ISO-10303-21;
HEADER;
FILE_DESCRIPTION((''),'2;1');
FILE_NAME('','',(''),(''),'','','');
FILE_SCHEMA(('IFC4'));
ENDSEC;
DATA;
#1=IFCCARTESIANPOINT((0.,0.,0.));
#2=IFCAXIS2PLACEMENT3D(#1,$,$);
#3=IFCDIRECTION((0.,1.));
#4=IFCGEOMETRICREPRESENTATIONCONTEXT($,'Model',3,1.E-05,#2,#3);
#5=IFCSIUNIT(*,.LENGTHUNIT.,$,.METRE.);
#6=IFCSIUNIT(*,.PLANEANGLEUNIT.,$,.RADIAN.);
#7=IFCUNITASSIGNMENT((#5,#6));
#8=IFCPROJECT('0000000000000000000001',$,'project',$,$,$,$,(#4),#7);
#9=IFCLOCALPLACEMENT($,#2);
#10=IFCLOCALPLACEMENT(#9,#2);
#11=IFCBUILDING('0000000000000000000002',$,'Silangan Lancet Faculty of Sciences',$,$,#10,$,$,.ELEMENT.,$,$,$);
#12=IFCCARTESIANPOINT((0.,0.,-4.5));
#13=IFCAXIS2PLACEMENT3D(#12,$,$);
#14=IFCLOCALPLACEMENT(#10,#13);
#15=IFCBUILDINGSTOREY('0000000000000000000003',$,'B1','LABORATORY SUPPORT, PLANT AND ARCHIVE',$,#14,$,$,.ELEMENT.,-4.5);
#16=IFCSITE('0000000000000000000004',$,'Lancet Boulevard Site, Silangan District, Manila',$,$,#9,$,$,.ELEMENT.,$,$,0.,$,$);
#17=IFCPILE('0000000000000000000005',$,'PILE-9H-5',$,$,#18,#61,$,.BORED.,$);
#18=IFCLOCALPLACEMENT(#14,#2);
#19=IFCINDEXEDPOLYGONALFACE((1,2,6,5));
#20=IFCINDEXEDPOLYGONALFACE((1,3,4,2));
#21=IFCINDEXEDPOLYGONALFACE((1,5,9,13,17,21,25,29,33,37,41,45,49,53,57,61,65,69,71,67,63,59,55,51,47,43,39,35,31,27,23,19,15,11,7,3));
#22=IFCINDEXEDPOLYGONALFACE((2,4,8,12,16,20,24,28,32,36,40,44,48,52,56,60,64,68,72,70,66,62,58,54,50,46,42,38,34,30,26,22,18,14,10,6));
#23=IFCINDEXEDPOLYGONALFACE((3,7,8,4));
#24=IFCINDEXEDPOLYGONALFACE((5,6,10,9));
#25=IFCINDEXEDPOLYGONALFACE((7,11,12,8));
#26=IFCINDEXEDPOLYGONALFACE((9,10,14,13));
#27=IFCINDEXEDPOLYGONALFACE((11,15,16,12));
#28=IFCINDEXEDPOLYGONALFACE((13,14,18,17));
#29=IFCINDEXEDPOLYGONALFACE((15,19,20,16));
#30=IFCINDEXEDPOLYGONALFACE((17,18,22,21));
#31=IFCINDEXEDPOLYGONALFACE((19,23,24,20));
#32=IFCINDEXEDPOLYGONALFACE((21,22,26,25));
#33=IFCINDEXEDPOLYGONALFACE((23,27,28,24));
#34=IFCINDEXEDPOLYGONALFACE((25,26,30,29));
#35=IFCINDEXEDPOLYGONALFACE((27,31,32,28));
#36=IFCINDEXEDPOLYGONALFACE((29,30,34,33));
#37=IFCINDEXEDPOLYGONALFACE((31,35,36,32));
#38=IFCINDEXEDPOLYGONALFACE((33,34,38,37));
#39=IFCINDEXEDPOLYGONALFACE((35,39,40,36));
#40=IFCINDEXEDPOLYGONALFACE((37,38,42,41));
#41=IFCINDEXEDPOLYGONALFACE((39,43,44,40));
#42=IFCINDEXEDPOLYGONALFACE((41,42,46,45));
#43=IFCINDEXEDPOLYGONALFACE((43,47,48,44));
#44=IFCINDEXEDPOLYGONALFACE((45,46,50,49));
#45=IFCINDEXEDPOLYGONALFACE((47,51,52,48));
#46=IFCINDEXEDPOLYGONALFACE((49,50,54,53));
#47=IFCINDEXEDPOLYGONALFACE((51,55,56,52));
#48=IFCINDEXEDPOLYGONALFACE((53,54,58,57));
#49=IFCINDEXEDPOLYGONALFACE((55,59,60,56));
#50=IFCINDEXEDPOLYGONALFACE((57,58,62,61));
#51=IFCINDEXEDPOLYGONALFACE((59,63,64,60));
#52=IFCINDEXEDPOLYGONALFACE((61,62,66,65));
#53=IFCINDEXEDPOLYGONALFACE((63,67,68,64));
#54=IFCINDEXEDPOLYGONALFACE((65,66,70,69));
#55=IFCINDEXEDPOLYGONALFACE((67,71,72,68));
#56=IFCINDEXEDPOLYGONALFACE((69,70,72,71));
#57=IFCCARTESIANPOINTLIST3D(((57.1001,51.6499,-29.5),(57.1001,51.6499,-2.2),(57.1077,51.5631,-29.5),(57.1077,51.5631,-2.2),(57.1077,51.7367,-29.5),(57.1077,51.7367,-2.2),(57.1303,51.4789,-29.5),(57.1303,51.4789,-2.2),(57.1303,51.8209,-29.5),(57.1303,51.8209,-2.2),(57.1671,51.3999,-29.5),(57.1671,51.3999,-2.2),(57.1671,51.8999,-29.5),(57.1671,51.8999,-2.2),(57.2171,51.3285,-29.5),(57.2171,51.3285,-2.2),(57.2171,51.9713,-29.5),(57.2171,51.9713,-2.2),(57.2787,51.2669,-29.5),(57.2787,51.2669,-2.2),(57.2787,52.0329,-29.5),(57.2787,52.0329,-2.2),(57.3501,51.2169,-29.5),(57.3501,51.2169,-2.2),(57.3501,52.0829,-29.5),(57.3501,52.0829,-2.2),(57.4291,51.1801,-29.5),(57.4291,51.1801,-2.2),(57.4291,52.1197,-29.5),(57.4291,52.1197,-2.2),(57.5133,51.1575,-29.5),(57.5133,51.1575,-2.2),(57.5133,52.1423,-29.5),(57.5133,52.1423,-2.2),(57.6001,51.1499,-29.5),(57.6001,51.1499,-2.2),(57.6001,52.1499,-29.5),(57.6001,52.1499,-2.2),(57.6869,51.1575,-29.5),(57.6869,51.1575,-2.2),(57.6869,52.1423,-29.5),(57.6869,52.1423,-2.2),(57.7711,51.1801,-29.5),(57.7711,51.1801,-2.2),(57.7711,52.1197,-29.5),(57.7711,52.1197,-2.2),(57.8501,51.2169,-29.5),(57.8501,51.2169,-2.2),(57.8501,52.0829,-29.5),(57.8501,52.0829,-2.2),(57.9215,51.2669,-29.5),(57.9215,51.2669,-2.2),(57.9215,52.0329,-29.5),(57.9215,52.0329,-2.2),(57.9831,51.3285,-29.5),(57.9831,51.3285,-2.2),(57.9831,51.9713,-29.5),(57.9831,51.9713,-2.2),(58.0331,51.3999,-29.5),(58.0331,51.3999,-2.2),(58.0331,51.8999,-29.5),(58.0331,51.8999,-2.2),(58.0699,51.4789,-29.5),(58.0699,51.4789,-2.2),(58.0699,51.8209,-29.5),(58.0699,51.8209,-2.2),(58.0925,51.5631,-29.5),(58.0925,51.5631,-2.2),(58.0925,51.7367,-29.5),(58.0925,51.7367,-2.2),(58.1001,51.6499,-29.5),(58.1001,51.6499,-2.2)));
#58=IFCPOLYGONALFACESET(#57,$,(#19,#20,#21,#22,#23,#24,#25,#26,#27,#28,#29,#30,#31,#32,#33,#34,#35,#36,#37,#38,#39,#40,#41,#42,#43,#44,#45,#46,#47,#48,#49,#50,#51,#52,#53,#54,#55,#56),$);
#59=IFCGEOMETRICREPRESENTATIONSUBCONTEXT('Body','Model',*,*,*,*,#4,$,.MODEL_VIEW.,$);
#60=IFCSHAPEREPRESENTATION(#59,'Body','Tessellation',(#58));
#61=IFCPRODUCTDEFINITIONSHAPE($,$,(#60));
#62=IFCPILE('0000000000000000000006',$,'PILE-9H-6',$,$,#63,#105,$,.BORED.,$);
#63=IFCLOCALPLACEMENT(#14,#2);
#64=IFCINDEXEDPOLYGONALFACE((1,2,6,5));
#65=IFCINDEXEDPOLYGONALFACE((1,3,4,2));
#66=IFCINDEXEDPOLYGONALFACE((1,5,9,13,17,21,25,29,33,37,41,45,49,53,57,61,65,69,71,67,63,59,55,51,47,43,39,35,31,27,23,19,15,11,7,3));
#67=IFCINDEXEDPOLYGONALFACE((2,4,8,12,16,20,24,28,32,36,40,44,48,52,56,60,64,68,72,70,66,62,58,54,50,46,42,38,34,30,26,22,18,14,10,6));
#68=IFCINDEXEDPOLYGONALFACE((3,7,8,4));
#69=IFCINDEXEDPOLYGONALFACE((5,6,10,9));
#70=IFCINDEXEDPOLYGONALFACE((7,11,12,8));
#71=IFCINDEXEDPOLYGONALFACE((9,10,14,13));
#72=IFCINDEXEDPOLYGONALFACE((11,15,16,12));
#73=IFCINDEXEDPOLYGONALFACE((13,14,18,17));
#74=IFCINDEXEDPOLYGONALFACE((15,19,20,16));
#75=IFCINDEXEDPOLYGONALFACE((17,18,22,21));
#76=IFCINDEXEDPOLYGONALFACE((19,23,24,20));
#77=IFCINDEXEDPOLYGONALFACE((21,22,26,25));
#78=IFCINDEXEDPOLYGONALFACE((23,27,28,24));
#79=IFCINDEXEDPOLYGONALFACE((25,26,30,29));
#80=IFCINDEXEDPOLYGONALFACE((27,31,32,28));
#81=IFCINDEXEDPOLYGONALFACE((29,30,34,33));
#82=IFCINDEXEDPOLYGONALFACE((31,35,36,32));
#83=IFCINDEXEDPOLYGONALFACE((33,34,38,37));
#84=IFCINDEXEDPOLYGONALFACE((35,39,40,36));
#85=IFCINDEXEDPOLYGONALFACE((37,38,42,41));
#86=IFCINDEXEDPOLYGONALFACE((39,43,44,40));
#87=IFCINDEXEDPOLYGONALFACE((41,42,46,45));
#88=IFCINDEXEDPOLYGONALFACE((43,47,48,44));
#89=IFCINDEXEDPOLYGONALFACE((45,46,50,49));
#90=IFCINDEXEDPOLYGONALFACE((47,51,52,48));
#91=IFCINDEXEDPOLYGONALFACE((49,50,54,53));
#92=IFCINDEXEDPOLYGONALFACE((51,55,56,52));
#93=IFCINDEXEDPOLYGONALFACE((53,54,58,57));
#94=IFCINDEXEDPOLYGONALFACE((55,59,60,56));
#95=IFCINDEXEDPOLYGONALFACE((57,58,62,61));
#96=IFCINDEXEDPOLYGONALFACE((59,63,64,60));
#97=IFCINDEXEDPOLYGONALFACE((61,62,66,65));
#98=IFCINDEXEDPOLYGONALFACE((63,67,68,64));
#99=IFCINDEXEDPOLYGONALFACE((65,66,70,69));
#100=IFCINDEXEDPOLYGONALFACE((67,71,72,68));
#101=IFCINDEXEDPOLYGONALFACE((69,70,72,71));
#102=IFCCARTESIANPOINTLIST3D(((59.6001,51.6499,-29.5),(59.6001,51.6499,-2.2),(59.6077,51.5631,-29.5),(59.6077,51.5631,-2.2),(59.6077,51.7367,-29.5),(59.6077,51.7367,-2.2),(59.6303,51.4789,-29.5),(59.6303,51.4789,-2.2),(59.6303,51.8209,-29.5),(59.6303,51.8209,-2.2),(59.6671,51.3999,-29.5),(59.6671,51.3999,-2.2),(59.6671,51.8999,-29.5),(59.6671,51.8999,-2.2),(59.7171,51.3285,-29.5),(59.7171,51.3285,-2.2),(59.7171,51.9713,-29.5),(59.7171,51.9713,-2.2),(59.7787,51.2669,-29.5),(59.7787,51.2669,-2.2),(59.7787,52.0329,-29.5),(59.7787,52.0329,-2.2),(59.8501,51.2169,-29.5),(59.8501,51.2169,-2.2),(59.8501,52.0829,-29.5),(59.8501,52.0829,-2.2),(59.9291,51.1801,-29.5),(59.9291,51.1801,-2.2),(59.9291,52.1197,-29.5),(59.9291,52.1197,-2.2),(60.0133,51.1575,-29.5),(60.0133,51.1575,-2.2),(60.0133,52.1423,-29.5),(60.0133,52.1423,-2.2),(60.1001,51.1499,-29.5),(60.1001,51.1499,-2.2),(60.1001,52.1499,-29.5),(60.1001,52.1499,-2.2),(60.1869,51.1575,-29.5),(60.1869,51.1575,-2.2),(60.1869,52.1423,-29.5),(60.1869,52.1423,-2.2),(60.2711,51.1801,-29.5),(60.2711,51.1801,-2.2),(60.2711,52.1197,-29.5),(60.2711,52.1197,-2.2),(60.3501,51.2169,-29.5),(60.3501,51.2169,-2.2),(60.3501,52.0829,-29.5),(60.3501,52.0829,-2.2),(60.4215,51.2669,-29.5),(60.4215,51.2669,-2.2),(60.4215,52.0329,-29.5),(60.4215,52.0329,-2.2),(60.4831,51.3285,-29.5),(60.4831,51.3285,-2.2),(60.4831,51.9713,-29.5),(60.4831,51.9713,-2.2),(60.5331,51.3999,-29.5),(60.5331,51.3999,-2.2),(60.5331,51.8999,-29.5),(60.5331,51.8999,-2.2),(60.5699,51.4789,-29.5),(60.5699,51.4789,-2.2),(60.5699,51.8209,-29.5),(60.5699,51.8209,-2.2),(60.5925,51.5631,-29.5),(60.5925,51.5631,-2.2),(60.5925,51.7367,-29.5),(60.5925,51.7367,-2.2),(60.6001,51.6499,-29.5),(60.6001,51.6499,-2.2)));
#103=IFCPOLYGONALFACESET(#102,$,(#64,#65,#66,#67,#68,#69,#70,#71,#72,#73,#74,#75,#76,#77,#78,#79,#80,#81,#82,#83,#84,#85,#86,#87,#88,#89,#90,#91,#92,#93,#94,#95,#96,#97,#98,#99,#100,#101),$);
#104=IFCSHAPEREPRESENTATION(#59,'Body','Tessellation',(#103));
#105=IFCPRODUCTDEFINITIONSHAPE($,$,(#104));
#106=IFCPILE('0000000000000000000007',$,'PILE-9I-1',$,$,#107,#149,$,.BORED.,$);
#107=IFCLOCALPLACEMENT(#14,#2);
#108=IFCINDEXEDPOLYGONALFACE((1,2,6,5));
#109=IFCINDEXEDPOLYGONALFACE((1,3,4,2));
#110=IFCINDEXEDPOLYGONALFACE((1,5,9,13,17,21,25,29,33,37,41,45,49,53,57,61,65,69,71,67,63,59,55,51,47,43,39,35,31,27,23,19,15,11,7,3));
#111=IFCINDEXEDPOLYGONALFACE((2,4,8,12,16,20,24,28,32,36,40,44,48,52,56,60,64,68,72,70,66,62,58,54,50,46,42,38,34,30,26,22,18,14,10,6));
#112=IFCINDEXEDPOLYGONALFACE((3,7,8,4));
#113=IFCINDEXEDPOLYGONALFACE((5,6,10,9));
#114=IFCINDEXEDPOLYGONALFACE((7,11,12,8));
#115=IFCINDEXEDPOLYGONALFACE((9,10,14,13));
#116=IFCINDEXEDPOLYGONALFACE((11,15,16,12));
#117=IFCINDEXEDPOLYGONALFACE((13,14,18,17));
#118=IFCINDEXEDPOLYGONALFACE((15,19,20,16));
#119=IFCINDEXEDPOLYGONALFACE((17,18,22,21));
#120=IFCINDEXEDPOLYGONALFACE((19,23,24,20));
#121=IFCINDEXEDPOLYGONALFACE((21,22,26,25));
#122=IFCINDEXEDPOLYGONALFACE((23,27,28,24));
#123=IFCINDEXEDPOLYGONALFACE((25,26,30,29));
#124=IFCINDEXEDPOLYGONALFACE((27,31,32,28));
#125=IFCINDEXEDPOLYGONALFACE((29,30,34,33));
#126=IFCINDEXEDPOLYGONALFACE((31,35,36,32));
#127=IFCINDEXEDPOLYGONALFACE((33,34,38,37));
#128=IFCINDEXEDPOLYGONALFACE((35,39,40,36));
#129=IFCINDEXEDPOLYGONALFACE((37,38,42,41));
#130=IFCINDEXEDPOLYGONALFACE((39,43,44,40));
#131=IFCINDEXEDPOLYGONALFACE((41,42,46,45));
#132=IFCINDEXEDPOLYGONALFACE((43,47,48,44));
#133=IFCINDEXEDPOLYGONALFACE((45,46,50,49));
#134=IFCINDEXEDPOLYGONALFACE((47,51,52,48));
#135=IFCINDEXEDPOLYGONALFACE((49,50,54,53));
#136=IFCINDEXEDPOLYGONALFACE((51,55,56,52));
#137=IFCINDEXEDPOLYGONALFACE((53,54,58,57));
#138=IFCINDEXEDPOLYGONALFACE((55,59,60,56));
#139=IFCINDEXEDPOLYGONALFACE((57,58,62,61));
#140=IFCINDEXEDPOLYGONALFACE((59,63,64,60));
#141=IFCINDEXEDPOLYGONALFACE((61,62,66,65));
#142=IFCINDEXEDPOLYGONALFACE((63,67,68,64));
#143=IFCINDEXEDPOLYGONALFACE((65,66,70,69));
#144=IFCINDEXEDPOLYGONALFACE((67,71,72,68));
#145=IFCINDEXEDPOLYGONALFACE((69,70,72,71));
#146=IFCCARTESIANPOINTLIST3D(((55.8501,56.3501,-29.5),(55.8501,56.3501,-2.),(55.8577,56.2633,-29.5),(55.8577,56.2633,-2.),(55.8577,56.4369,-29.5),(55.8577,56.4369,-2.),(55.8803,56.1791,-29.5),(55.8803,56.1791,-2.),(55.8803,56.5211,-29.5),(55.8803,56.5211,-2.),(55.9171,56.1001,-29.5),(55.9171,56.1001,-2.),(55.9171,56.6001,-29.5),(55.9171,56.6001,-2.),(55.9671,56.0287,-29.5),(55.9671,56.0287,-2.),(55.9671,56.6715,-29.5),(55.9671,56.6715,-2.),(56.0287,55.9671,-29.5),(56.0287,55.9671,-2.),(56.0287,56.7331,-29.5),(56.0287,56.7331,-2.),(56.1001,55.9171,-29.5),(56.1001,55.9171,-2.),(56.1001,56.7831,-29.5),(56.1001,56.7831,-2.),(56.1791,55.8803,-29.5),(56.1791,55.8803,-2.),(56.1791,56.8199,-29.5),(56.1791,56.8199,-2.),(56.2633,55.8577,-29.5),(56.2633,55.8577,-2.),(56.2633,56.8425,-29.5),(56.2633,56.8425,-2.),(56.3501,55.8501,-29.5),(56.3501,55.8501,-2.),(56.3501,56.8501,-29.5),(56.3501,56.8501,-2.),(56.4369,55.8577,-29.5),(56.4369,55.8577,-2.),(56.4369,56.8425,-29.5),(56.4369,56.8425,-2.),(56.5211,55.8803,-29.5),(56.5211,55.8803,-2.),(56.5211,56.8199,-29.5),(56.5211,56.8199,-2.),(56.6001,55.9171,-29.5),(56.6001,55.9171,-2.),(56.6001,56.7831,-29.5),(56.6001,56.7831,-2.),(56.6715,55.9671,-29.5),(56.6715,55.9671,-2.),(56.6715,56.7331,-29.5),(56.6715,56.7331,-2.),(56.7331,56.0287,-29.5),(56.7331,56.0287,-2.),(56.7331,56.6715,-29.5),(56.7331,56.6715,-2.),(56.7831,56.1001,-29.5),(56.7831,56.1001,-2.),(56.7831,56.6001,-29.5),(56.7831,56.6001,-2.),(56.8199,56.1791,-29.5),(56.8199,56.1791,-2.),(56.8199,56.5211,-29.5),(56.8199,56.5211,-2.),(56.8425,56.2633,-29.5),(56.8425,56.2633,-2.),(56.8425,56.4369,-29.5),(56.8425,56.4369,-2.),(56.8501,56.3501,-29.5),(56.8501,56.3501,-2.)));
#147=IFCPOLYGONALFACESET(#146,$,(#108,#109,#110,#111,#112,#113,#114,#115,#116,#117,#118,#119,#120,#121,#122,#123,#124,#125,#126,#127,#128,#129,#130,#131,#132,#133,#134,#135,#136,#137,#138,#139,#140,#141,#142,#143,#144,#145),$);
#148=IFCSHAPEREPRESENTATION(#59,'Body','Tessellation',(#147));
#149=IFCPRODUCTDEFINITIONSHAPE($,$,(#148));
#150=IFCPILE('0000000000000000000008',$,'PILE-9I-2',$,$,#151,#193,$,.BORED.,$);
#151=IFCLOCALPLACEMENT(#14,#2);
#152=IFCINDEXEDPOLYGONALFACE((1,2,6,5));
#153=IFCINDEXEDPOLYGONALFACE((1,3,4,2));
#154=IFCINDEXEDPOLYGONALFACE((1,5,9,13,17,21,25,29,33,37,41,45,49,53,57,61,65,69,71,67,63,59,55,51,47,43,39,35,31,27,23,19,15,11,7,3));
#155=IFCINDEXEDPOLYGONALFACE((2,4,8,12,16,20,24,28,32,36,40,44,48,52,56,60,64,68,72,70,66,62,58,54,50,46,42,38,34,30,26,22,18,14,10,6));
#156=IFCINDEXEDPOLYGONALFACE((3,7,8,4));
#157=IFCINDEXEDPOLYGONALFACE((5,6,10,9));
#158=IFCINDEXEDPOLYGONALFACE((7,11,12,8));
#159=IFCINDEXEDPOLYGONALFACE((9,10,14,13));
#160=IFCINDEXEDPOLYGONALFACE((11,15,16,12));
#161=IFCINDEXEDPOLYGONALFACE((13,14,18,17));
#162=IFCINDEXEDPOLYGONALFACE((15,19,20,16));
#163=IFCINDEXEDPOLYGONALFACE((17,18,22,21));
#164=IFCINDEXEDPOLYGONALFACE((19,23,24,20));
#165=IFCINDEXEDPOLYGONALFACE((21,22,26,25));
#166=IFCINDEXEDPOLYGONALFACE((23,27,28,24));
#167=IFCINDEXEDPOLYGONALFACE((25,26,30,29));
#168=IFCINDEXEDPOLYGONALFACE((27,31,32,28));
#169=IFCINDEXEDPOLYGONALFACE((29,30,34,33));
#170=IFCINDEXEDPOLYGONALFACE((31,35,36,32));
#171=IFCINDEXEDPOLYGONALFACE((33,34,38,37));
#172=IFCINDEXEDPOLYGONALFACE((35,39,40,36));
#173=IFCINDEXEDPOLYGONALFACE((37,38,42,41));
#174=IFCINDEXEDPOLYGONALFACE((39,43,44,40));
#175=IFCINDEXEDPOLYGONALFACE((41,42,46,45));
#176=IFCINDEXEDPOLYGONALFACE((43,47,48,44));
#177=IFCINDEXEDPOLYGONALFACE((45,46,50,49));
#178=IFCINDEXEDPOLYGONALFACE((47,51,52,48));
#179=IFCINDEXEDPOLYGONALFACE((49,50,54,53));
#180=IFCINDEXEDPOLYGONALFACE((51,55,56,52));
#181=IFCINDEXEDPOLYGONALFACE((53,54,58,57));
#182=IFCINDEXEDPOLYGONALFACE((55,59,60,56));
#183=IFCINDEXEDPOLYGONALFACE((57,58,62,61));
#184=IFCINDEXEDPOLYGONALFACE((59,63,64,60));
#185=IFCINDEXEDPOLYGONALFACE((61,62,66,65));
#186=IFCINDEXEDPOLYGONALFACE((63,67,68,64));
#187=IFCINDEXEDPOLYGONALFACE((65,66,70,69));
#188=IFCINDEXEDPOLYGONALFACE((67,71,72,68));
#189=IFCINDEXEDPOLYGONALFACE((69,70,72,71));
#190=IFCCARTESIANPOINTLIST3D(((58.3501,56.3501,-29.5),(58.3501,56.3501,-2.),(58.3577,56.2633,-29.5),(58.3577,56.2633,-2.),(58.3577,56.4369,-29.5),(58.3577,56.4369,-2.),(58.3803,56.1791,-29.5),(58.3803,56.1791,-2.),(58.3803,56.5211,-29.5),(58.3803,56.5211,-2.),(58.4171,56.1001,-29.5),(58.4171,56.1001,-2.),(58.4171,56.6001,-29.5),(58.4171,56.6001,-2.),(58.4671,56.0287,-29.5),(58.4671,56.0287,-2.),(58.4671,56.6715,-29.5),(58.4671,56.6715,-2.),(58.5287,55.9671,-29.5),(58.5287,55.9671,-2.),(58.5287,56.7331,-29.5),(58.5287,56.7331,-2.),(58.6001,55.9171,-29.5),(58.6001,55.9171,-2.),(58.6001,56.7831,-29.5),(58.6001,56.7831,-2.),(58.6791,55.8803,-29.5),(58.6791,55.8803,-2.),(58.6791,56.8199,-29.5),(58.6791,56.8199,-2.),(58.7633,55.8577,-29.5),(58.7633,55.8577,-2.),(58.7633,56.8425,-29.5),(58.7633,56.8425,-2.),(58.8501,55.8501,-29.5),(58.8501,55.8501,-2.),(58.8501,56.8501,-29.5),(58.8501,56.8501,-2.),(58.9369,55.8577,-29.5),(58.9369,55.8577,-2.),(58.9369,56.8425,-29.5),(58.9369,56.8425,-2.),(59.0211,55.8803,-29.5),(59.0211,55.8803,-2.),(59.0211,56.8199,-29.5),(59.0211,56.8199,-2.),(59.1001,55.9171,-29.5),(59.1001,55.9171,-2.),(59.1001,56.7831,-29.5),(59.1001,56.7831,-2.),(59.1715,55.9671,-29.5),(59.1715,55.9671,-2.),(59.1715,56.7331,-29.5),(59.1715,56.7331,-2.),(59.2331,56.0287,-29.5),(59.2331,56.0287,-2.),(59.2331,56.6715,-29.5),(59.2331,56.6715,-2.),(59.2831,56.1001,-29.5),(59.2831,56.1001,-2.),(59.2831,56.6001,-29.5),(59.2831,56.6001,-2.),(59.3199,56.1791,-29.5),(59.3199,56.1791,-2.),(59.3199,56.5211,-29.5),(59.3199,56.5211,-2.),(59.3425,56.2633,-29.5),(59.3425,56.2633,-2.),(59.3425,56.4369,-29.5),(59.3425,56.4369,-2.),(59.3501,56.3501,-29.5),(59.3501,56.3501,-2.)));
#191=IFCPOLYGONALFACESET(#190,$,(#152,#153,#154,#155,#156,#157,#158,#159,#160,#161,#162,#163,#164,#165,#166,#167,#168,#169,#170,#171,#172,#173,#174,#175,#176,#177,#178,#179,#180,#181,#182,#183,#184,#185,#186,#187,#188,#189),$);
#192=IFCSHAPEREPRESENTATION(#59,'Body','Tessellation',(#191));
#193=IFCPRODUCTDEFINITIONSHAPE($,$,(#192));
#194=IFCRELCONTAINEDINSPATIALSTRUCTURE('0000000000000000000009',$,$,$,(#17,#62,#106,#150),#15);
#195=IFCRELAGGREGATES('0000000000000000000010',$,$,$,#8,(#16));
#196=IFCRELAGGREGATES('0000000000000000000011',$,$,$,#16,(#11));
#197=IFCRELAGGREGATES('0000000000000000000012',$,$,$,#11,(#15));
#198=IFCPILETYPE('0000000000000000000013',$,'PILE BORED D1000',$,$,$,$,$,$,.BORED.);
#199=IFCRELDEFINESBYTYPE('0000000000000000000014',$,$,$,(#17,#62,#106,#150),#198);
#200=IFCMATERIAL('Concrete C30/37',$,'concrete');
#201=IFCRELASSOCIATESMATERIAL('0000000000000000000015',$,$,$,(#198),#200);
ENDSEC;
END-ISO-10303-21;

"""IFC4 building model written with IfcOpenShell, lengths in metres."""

from ifc_helpers import new_model, si_unit, direction, frame, origin, origin_2d, place, context, subcontext, project, spatial, circle, extrude, material, material_profile, profile_set, type_object, element, save


model = new_model("IFC4")

# Units and contexts
model_context = context("Model", 3, precision=1e-05, world=origin(), true_north=direction((0.0, 1.0)))
body_context = subcontext(model_context, "Body", "Model", "MODEL_VIEW")
ifc_project = project(units=[si_unit("LENGTHUNIT", "METRE"), si_unit("PLANEANGLEUNIT", "RADIAN")], contexts=[model_context])

# Site, building, storey
site_placement = place(None, origin())
site = spatial("IfcSite", under=ifc_project, at=site_placement, Name="Lancet Boulevard Site, Silangan District, Manila", CompositionType="ELEMENT", RefElevation=0.0)
building_placement = place(site_placement, origin())
building = spatial("IfcBuilding", under=site, at=building_placement, Name="Silangan Lancet Faculty of Sciences", CompositionType="ELEMENT")
storey_placement = place(building_placement, frame((0.0, 0.0, -4.5)))
storey = spatial("IfcBuildingStorey", under=building, at=storey_placement, Name="B1", Description="LABORATORY SUPPORT, PLANT AND ARCHIVE", CompositionType="ELEMENT", Elevation=-4.5)

# Piles
ifc_material_1 = material(Name="Concrete C30/37", Category="concrete")
ifc_material_profile_1 = material_profile(ifc_material_1, circle(Radius=0.5, at=origin_2d()), Name="BORED PILE D1000")
ifc_profile_set_1 = profile_set([ifc_material_profile_1], Name="Concrete C30/37")
pile_type = type_object("IfcPileType", Name="PILE BORED D1000", PredefinedType="BORED", material=ifc_profile_set_1)
for number, where, z_axis, x_axis, name in (
    (1, (57.6001, 51.6499, -2.2), (0.0, 0.0, -1.0), (1.0, 0.0, 0.0), "PILE-9H-5"),
    (2, (60.1001, 51.6499, -2.2), (0.0, 0.0, -1.0), (1.0, 0.0, 0.0), "PILE-9H-6"),
):
    element("IfcPile", number, at=place(storey_placement, frame(where, z_axis=z_axis, x_axis=x_axis)), inside=storey, type_object=pile_type, Name=name, PredefinedType="BORED", context=body_context, shape_type="SweptSolid", body=[
        extrude(circle(Radius=0.5, at=origin_2d()), origin(), (0.0, 0.0, 1.0), 27.3),
    ])
for number, where, z_axis, x_axis, name in (
    (3, (56.3501, 56.3501, -2.0), (0.0, 0.0, -1.0), (1.0, 0.0, 0.0), "PILE-9I-1"),
    (4, (58.8501, 56.3501, -2.0), (0.0, 0.0, -1.0), (1.0, 0.0, 0.0), "PILE-9I-2"),
):
    element("IfcPile", number, at=place(storey_placement, frame(where, z_axis=z_axis, x_axis=x_axis)), inside=storey, type_object=pile_type, Name=name, PredefinedType="BORED", context=body_context, shape_type="SweptSolid", body=[
        extrude(circle(Radius=0.5, at=origin_2d()), origin(), (0.0, 0.0, 1.0), 27.5),
    ])

save(model, "model.ifc")
